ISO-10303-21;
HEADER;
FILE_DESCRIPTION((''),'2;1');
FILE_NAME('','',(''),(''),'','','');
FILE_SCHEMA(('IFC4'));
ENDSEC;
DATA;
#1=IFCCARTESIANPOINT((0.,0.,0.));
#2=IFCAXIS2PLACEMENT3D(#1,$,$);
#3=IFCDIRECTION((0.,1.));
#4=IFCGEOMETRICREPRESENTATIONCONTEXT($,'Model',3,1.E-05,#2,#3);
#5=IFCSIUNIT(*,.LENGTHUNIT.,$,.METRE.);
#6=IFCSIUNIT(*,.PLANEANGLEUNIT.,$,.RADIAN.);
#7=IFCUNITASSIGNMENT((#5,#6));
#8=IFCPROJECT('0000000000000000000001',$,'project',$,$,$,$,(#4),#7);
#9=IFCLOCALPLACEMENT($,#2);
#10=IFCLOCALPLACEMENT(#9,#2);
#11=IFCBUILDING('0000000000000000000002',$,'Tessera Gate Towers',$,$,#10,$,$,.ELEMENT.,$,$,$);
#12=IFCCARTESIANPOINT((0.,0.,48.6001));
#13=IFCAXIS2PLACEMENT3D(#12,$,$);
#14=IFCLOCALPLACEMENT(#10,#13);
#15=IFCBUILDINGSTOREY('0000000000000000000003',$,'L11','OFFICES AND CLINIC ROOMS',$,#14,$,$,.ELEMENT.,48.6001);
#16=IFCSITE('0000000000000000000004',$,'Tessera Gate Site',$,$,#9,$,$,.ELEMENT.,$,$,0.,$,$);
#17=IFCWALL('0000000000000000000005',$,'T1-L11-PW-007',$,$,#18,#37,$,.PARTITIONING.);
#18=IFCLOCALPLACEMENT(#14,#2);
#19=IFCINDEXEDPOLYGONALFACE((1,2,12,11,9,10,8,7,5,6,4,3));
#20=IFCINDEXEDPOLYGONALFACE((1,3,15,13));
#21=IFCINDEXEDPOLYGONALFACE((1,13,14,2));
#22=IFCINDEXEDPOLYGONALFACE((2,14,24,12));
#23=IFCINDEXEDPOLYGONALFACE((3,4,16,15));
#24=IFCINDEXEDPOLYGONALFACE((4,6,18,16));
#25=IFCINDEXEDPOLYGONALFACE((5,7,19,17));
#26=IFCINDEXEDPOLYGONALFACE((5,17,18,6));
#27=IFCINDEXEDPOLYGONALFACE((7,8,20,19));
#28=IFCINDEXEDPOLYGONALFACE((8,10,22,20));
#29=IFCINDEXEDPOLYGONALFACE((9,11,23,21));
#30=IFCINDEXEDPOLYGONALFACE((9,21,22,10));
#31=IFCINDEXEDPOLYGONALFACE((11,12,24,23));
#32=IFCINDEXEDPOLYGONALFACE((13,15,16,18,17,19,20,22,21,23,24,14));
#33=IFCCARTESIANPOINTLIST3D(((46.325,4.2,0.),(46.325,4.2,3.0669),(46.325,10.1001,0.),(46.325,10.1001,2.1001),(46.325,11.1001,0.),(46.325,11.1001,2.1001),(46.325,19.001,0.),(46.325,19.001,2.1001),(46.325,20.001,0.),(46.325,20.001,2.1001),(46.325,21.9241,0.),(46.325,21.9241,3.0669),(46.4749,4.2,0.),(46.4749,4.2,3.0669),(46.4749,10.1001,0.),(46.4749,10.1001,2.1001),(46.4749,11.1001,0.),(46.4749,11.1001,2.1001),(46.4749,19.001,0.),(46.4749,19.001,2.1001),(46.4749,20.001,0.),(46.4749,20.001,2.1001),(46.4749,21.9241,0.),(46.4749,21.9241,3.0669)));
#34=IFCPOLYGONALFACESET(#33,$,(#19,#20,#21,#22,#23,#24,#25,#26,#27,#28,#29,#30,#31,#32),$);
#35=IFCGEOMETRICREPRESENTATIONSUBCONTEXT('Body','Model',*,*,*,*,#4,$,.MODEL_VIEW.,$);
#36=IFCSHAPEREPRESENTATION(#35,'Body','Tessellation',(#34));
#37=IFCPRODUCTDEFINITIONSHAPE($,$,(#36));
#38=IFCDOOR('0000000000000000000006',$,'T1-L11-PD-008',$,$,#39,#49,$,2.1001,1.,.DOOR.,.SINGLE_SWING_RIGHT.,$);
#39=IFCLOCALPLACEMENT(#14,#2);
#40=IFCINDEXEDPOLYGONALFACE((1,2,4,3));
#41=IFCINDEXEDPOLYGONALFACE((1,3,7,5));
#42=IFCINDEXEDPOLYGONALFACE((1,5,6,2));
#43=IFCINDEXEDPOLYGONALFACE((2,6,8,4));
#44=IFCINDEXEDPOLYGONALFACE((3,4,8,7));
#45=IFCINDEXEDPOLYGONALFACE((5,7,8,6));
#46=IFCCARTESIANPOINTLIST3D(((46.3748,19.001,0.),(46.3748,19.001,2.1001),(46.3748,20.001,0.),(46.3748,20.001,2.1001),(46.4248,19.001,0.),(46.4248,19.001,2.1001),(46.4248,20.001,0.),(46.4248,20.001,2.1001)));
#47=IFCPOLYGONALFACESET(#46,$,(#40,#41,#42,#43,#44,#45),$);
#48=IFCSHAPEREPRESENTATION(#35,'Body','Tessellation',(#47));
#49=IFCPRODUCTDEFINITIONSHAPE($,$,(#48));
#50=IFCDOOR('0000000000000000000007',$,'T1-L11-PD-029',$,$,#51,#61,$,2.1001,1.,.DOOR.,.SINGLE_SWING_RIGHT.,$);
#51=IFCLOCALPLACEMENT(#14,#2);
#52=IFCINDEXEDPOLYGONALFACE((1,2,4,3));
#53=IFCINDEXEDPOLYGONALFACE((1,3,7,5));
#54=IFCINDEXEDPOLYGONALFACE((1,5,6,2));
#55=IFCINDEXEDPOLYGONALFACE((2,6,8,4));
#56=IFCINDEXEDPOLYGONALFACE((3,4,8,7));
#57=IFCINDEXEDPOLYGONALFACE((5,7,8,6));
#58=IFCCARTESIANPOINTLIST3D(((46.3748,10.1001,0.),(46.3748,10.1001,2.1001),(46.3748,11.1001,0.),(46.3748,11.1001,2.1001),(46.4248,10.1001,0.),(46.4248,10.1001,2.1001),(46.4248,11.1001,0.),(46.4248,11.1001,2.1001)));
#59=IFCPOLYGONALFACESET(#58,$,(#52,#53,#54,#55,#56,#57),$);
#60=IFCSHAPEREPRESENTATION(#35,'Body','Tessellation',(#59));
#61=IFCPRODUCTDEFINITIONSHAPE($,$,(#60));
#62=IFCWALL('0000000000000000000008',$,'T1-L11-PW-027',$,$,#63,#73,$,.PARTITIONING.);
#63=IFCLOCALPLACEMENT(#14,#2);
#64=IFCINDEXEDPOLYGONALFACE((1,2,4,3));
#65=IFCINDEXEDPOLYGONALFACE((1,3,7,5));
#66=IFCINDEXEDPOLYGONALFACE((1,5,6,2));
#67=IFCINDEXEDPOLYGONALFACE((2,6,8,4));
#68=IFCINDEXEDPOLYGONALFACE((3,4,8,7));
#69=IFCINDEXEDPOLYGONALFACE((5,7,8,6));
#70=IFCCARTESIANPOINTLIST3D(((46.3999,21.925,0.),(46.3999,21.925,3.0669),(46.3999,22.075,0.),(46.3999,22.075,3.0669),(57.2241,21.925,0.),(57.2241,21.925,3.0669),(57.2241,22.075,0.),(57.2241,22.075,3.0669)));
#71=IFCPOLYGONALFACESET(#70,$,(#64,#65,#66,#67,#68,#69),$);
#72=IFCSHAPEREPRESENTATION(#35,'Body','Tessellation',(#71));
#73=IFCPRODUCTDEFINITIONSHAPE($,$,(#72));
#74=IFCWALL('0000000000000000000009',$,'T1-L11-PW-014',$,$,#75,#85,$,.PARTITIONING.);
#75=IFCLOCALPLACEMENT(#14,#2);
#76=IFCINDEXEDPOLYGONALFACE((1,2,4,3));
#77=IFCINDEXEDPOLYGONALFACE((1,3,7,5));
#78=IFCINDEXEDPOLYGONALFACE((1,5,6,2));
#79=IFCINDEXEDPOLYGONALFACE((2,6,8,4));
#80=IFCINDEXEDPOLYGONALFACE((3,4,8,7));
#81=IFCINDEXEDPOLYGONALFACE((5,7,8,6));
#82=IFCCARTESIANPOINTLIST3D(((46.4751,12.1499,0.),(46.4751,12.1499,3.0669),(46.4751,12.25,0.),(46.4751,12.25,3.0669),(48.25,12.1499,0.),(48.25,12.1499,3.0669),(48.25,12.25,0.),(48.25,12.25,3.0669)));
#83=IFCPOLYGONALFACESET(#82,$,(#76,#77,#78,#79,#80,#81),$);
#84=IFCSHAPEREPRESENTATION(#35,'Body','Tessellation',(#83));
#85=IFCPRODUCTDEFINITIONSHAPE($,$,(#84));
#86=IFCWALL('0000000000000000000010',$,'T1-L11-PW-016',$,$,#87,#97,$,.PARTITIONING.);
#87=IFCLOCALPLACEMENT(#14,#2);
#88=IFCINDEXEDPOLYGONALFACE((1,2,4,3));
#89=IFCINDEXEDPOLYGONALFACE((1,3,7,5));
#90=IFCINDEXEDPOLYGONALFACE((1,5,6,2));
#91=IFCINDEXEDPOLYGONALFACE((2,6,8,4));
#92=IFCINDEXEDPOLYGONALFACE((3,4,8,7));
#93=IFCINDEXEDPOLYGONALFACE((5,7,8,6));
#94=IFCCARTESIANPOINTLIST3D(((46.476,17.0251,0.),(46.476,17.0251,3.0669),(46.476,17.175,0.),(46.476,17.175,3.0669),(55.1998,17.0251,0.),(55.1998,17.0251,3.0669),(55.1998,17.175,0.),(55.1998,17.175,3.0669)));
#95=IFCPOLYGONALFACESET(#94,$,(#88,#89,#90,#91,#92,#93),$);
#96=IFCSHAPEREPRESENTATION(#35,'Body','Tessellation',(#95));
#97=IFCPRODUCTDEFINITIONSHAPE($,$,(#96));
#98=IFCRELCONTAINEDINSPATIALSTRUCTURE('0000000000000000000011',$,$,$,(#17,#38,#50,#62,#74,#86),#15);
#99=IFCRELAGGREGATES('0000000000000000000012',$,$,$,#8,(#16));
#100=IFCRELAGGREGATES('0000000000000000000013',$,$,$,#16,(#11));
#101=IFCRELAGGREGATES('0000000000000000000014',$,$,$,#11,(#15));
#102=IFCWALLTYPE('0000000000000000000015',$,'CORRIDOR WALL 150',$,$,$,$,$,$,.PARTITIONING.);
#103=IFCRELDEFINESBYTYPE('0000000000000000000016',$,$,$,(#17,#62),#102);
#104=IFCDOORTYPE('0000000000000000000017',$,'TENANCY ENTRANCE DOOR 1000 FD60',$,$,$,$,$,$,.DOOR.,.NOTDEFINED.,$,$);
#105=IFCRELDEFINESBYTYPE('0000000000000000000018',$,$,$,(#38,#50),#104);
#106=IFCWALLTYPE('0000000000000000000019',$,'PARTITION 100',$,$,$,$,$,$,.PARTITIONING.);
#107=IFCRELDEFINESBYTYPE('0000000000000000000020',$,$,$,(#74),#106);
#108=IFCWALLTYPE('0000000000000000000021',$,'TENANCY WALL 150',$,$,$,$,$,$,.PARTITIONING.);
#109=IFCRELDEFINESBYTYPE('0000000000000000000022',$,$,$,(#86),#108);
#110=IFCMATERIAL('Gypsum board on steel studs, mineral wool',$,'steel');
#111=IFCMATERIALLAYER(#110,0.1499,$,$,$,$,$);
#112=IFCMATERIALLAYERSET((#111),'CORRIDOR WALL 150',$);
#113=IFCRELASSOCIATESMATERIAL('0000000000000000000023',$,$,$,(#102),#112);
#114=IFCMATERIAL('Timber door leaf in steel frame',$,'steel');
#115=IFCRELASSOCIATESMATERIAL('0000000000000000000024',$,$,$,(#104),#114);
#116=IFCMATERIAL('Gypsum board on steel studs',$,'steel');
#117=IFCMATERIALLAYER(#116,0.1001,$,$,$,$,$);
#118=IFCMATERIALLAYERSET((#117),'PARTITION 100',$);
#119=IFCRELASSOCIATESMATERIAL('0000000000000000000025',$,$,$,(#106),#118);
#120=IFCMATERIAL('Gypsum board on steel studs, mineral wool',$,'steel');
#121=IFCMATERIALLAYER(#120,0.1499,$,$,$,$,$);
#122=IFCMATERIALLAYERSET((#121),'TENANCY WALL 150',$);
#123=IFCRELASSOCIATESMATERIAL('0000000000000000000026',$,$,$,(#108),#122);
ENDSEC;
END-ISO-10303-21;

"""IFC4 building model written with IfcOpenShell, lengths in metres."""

from ifc_helpers import new_model, si_unit, direction, frame, frame_2d, origin, place, context, subcontext, project, spatial, rectangle, extrude, source, transform, mapped, material, layer, layer_set, type_object, element, fill, save


model = new_model("IFC4")

# Units and contexts
model_context = context("Model", 3, precision=1e-05, world=origin(), true_north=direction((0.0, 1.0)))
body_context = subcontext(model_context, "Body", "Model", "MODEL_VIEW")
ifc_project = project(units=[si_unit("LENGTHUNIT", "METRE"), si_unit("PLANEANGLEUNIT", "RADIAN")], contexts=[model_context])

# Site, building, storey
site_placement = place(None, origin())
site = spatial("IfcSite", under=ifc_project, at=site_placement, Name="Tessera Gate Site", CompositionType="ELEMENT", RefElevation=0.0)
building_placement = place(site_placement, origin())
building = spatial("IfcBuilding", under=site, at=building_placement, Name="Tessera Gate Towers", CompositionType="ELEMENT")
storey_placement = place(building_placement, frame((0.0, 0.0, 48.6001)))
storey = spatial("IfcBuildingStorey", under=building, at=storey_placement, Name="L11", Description="OFFICES AND CLINIC ROOMS", CompositionType="ELEMENT", Elevation=48.6001)

# Wall, openings, doors
ifc_material_1 = material(Name="Gypsum board on steel studs, mineral wool", Category="steel")
ifc_layer_1 = layer(ifc_material_1, 0.1499)
ifc_layer_set_1 = layer_set([ifc_layer_1], Name="CORRIDOR WALL 150")
wall_type_1 = type_object("IfcWallType", Name="CORRIDOR WALL 150", PredefinedType="PARTITIONING", material=ifc_layer_set_1)
wall_1_placement = place(storey_placement, frame((46.3999, 21.9241, 0.0), z_axis=(0.0, 0.0, 1.0), x_axis=(0.0, -1.0, 0.0)))
wall_1 = element("IfcWall", 1, at=wall_1_placement, inside=storey, type_object=wall_type_1, Name="T1-L11-PW-007", PredefinedType="PARTITIONING", context=body_context, shape_type="SweptSolid", body=[
    extrude(rectangle(XDim=17.7241, YDim=0.1499, at=frame_2d((8.8621, 0.0))), origin(), (0.0, 0.0, 1.0), 3.0669),
])
shared_shape_1 = source(origin(), body_context, "Body", "SweptSolid", [
    extrude(rectangle(XDim=1.0, YDim=2.1001, at=frame_2d((0.5, 1.05))), frame((0.0, 0.085, 0.0), z_axis=(0.0, -1.0, 0.0), x_axis=(1.0, 0.0, 0.0)), (0.0, 0.0, 1.0), 0.1699),
])
opening_1_placement = place(wall_1_placement, frame((1.9231, 0.0, 0.0)))
opening_1 = element("IfcOpeningElement", 2, at=opening_1_placement, cuts=wall_1, PredefinedType="OPENING", context=body_context, shape_type="MappedRepresentation", body=[
    mapped(shared_shape_1, transform((0.0, 0.0, 0.0), scale=1.0)),
])
opening_2_placement = place(wall_1_placement, frame((10.824, 0.0, 0.0)))
opening_2 = element("IfcOpeningElement", 3, at=opening_2_placement, cuts=wall_1, PredefinedType="OPENING", context=body_context, shape_type="MappedRepresentation", body=[
    mapped(shared_shape_1, transform((0.0, 0.0, 0.0), scale=1.0)),
])
ifc_material_2 = material(Name="Timber door leaf in steel frame", Category="steel")
door_type = type_object("IfcDoorType", Name="TENANCY ENTRANCE DOOR 1000 FD60", OperationType="NOTDEFINED", PredefinedType="DOOR", material=ifc_material_2)
shared_shape_2 = source(origin(), body_context, "Body", "SweptSolid", [
    extrude(rectangle(XDim=1.0, YDim=2.1001, at=frame_2d((0.5, 1.05))), frame((0.0, 0.0249, 0.0), z_axis=(0.0, -1.0, 0.0), x_axis=(1.0, 0.0, 0.0)), (0.0, 0.0, 1.0), 0.05),
])
door_1_placement = place(opening_1_placement, origin())
door_1 = element("IfcDoor", 4, at=door_1_placement, inside=storey, type_object=door_type, Name="T1-L11-PD-008", OperationType="SINGLE_SWING_RIGHT", OverallHeight=2.1001, OverallWidth=1.0, PredefinedType="DOOR", context=body_context, shape_type="MappedRepresentation", body=[
    mapped(shared_shape_2, transform((0.0, 0.0, 0.0), scale=1.0)),
])
fill(opening_1, door_1)
door_2_placement = place(opening_2_placement, origin())
door_2 = element("IfcDoor", 5, at=door_2_placement, inside=storey, type_object=door_type, Name="T1-L11-PD-029", OperationType="SINGLE_SWING_RIGHT", OverallHeight=2.1001, OverallWidth=1.0, PredefinedType="DOOR", context=body_context, shape_type="MappedRepresentation", body=[
    mapped(shared_shape_2, transform((0.0, 0.0, 0.0), scale=1.0)),
])
fill(opening_2, door_2)

# Walls
wall_2_placement = place(storey_placement, frame((46.3999, 22.0, 0.0), z_axis=(0.0, 0.0, 1.0), x_axis=(1.0, 0.0, 0.0)))
element("IfcWall", 6, at=wall_2_placement, inside=storey, type_object=wall_type_1, Name="T1-L11-PW-027", PredefinedType="PARTITIONING", context=body_context, shape_type="SweptSolid", body=[
    extrude(rectangle(XDim=10.8242, YDim=0.1499, at=frame_2d((5.4121, 0.0))), origin(), (0.0, 0.0, 1.0), 3.0669),
])
ifc_material_3 = material(Name="Gypsum board on steel studs", Category="steel")
ifc_layer_2 = layer(ifc_material_3, 0.1001)
ifc_layer_set_2 = layer_set([ifc_layer_2], Name="PARTITION 100")
wall_type_2 = type_object("IfcWallType", Name="PARTITION 100", PredefinedType="PARTITIONING", material=ifc_layer_set_2)
wall_3_placement = place(storey_placement, frame((48.25, 12.2, 0.0), z_axis=(0.0, 0.0, 1.0), x_axis=(-1.0, 0.0, 0.0)))
element("IfcWall", 7, at=wall_3_placement, inside=storey, type_object=wall_type_2, Name="T1-L11-PW-014", PredefinedType="PARTITIONING", context=body_context, shape_type="SweptSolid", body=[
    extrude(rectangle(XDim=1.7749, YDim=0.1001, at=frame_2d((0.8875, 0.0))), origin(), (0.0, 0.0, 1.0), 3.0669),
])
ifc_material_4 = material(Name="Gypsum board on steel studs, mineral wool", Category="steel")
ifc_layer_3 = layer(ifc_material_4, 0.1499)
ifc_layer_set_3 = layer_set([ifc_layer_3], Name="TENANCY WALL 150")
wall_type_3 = type_object("IfcWallType", Name="TENANCY WALL 150", PredefinedType="PARTITIONING", material=ifc_layer_set_3)
wall_4_placement = place(storey_placement, frame((46.4761, 17.1001, 0.0), z_axis=(0.0, 0.0, 1.0), x_axis=(1.0, 0.0, 0.0)))
element("IfcWall", 8, at=wall_4_placement, inside=storey, type_object=wall_type_3, Name="T1-L11-PW-016", PredefinedType="PARTITIONING", context=body_context, shape_type="SweptSolid", body=[
    extrude(rectangle(XDim=8.7239, YDim=0.1499, at=frame_2d((4.3618, 0.0))), origin(), (0.0, 0.0, 1.0), 3.0669),
])

save(model, "model.ifc")
